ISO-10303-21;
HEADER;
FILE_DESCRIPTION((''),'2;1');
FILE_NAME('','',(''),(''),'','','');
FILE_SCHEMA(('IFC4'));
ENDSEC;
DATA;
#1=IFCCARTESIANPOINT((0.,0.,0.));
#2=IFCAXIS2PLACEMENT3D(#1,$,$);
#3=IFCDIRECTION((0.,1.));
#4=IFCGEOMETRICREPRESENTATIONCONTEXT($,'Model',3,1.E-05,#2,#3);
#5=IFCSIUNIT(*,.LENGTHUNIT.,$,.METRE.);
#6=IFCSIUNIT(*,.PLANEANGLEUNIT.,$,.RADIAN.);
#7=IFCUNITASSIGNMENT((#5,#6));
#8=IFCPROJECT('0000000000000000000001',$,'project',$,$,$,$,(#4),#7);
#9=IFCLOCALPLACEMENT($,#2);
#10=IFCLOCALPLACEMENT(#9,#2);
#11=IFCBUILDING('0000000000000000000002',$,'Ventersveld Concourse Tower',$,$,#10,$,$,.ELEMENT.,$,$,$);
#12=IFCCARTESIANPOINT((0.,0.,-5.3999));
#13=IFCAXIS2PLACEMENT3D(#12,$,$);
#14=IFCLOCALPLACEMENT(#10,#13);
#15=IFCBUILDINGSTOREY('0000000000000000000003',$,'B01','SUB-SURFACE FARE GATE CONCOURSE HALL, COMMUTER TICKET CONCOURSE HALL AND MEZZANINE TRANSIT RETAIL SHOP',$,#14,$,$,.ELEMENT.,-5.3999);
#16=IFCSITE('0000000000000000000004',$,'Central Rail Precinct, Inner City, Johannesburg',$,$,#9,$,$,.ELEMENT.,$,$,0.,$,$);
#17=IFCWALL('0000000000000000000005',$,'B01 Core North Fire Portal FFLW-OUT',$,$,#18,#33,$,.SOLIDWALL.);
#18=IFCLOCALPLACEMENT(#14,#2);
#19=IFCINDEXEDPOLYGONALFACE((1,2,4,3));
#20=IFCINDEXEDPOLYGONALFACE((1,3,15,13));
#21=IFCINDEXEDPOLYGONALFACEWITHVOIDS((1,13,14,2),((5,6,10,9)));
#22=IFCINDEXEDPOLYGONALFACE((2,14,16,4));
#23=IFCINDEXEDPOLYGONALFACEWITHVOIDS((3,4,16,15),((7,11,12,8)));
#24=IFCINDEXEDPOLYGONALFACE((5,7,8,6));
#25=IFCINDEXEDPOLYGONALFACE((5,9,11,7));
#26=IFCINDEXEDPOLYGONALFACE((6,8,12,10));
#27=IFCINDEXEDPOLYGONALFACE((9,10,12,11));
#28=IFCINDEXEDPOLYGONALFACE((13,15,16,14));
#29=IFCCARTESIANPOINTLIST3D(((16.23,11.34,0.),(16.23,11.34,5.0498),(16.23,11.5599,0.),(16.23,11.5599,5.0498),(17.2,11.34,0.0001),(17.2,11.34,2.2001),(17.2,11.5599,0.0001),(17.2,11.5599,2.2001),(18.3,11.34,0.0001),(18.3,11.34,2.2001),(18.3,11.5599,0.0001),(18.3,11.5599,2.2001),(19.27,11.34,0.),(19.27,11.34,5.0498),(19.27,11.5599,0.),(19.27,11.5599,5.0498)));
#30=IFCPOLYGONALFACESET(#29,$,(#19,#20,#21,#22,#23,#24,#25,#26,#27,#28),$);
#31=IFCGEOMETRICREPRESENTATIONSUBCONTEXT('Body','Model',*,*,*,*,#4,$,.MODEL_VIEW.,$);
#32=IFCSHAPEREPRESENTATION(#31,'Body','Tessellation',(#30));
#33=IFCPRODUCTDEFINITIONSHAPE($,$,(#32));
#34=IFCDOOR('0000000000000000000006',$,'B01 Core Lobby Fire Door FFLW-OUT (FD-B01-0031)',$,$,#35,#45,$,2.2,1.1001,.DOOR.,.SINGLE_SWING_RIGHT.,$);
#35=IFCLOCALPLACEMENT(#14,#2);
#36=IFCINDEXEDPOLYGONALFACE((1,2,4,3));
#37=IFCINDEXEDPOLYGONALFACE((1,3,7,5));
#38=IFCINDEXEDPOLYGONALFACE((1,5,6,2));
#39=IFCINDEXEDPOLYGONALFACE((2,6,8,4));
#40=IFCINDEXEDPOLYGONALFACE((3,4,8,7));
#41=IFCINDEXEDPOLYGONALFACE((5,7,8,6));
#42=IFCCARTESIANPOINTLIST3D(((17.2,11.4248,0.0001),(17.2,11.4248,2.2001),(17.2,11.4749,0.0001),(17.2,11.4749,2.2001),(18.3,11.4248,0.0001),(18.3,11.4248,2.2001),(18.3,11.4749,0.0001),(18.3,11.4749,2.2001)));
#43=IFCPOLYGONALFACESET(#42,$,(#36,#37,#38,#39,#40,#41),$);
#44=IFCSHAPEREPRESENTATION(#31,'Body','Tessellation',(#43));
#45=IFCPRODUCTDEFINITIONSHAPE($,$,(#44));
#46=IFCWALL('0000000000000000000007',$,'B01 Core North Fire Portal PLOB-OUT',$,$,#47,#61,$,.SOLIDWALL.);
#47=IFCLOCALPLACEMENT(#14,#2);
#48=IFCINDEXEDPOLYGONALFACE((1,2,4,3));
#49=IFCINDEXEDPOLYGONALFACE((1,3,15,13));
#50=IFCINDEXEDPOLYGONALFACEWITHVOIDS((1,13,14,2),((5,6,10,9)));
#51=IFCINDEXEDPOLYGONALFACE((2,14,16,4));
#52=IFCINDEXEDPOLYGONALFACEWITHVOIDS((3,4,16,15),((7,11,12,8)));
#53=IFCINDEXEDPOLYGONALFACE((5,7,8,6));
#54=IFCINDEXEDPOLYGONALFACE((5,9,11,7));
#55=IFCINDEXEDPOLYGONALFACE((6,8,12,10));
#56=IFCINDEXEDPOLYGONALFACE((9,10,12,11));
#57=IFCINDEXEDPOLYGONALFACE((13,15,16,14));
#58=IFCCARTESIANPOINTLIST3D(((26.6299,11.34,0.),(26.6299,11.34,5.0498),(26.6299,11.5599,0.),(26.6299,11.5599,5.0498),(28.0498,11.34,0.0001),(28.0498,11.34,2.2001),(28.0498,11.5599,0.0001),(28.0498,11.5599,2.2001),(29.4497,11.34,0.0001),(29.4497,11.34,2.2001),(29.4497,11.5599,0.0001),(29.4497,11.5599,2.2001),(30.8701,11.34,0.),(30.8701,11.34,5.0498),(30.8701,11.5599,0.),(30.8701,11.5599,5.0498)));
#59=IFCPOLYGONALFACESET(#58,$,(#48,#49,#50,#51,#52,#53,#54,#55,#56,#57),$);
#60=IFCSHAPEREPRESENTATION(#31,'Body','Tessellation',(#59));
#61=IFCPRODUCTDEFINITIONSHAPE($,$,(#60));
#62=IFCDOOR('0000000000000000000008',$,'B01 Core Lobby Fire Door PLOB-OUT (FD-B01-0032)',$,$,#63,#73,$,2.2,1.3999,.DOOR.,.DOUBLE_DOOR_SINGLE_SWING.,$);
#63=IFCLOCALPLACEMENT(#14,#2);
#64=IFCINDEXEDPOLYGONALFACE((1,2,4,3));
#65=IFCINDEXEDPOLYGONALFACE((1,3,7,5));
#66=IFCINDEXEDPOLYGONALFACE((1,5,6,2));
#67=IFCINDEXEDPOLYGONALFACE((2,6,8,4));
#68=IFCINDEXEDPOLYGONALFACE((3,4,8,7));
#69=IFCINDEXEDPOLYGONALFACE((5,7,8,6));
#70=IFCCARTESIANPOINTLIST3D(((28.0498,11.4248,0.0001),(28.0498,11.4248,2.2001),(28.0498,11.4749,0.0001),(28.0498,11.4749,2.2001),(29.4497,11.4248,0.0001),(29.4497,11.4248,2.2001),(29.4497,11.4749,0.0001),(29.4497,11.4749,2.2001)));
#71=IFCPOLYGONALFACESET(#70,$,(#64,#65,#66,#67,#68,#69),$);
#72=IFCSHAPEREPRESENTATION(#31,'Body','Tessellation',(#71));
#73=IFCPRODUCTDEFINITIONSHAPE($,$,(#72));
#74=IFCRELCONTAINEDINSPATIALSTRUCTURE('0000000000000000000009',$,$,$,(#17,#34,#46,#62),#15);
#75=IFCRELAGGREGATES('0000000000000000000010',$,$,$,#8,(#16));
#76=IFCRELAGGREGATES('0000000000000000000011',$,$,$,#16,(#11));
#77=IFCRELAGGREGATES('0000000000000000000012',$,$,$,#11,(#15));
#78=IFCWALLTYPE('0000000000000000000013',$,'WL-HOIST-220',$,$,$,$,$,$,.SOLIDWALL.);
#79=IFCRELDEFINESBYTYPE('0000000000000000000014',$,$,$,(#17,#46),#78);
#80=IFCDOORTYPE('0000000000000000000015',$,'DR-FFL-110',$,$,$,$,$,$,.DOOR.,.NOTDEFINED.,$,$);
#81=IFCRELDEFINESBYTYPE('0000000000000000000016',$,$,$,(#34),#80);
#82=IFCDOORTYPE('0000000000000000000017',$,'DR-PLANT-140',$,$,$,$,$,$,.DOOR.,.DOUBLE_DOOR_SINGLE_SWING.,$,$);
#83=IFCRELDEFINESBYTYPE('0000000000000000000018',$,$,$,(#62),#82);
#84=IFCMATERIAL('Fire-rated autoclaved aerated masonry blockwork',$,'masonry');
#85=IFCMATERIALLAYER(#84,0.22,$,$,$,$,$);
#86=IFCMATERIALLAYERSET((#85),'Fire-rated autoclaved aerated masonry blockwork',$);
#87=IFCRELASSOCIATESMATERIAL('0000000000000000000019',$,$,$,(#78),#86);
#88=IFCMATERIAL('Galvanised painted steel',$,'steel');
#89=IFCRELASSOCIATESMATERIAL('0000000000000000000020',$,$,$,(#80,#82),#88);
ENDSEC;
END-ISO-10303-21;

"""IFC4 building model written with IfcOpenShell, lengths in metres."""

from ifc_helpers import new_model, si_unit, direction, frame, frame_2d, origin, place, context, subcontext, project, spatial, rectangle, extrude, material, layer, layer_set, type_object, element, fill, save


model = new_model("IFC4")

# Units and contexts
model_context = context("Model", 3, precision=1e-05, world=origin(), true_north=direction((0.0, 1.0)))
body_context = subcontext(model_context, "Body", "Model", "MODEL_VIEW")
ifc_project = project(units=[si_unit("LENGTHUNIT", "METRE"), si_unit("PLANEANGLEUNIT", "RADIAN")], contexts=[model_context])

# Site, building, storey
site_placement = place(None, origin())
site = spatial("IfcSite", under=ifc_project, at=site_placement, Name="Central Rail Precinct, Inner City, Johannesburg", CompositionType="ELEMENT", RefElevation=0.0)
building_placement = place(site_placement, origin())
building = spatial("IfcBuilding", under=site, at=building_placement, Name="Ventersveld Concourse Tower", CompositionType="ELEMENT")
storey_placement = place(building_placement, frame((0.0, 0.0, -5.3999)))
storey = spatial("IfcBuildingStorey", under=building, at=storey_placement, Name="B01", Description="SUB-SURFACE FARE GATE CONCOURSE HALL, COMMUTER TICKET CONCOURSE HALL AND MEZZANINE TRANSIT RETAIL SHOP", CompositionType="ELEMENT", Elevation=-5.3999)

# Walls, openings, doors
ifc_material_1 = material(Name="Fire-rated autoclaved aerated masonry blockwork", Category="masonry")
ifc_layer_1 = layer(ifc_material_1, 0.22)
ifc_layer_set_1 = layer_set([ifc_layer_1], Name="Fire-rated autoclaved aerated masonry blockwork")
wall_type_1 = type_object("IfcWallType", Name="WL-HOIST-220", PredefinedType="SOLIDWALL", material=ifc_layer_set_1)
wall_1_placement = place(storey_placement, frame((16.23, 11.45, 0.0), z_axis=(0.0, 0.0, 1.0), x_axis=(1.0, 0.0, 0.0)))
wall_1 = element("IfcWall", 1, at=wall_1_placement, inside=storey, type_object=wall_type_1, Name="B01 Core North Fire Portal FFLW-OUT", PredefinedType="SOLIDWALL", context=body_context, shape_type="SweptSolid", body=[
    extrude(rectangle(XDim=3.04, YDim=0.22, at=frame_2d((1.52, 0.0))), origin(), (0.0, 0.0, 1.0), 5.0498),
])
opening_1_placement = place(wall_1_placement, frame((0.97, 0.0, 0.0)))
opening_1 = element("IfcOpeningElement", 2, at=opening_1_placement, cuts=wall_1, PredefinedType="OPENING", context=body_context, shape_type="SweptSolid", body=[
    extrude(rectangle(XDim=1.1001, YDim=2.2, at=frame_2d((0.55, 1.1001))), frame((0.0, 0.1201, 0.0), z_axis=(0.0, -1.0, 0.0), x_axis=(1.0, 0.0, 0.0)), (0.0, 0.0, 1.0), 0.24),
])
ifc_material_2 = material(Name="Galvanised painted steel", Category="steel")
door_type_1 = type_object("IfcDoorType", Name="DR-FFL-110", OperationType="NOTDEFINED", PredefinedType="DOOR", material=ifc_material_2)
door_1_placement = place(opening_1_placement, origin())
door_1 = element("IfcDoor", 3, at=door_1_placement, inside=storey, type_object=door_type_1, Name="B01 Core Lobby Fire Door FFLW-OUT (FD-B01-0031)", OperationType="SINGLE_SWING_RIGHT", OverallHeight=2.2, OverallWidth=1.1001, PredefinedType="DOOR", context=body_context, shape_type="SweptSolid", body=[
    extrude(rectangle(XDim=1.1001, YDim=2.2, at=frame_2d((0.55, 1.1001))), frame((0.0, 0.0249, 0.0), z_axis=(0.0, -1.0, 0.0), x_axis=(1.0, 0.0, 0.0)), (0.0, 0.0, 1.0), 0.05),
])
fill(opening_1, door_1)
wall_2_placement = place(storey_placement, frame((26.6299, 11.45, 0.0), z_axis=(0.0, 0.0, 1.0), x_axis=(1.0, 0.0, 0.0)))
wall_2 = element("IfcWall", 4, at=wall_2_placement, inside=storey, type_object=wall_type_1, Name="B01 Core North Fire Portal PLOB-OUT", PredefinedType="SOLIDWALL", context=body_context, shape_type="SweptSolid", body=[
    extrude(rectangle(XDim=4.2402, YDim=0.22, at=frame_2d((2.1201, 0.0))), origin(), (0.0, 0.0, 1.0), 5.0498),
])
opening_2_placement = place(wall_2_placement, frame((1.4199, 0.0, 0.0)))
opening_2 = element("IfcOpeningElement", 5, at=opening_2_placement, cuts=wall_2, PredefinedType="OPENING", context=body_context, shape_type="SweptSolid", body=[
    extrude(rectangle(XDim=1.3999, YDim=2.2, at=frame_2d((0.7, 1.1001))), frame((0.0, 0.1201, 0.0), z_axis=(0.0, -1.0, 0.0), x_axis=(1.0, 0.0, 0.0)), (0.0, 0.0, 1.0), 0.24),
])
door_type_2 = type_object("IfcDoorType", Name="DR-PLANT-140", OperationType="DOUBLE_DOOR_SINGLE_SWING", PredefinedType="DOOR", material=ifc_material_2)
door_2_placement = place(opening_2_placement, origin())
door_2 = element("IfcDoor", 6, at=door_2_placement, inside=storey, type_object=door_type_2, Name="B01 Core Lobby Fire Door PLOB-OUT (FD-B01-0032)", OperationType="DOUBLE_DOOR_SINGLE_SWING", OverallHeight=2.2, OverallWidth=1.3999, PredefinedType="DOOR", context=body_context, shape_type="SweptSolid", body=[
    extrude(rectangle(XDim=1.3999, YDim=2.2, at=frame_2d((0.7, 1.1001))), frame((0.0, 0.0249, 0.0), z_axis=(0.0, -1.0, 0.0), x_axis=(1.0, 0.0, 0.0)), (0.0, 0.0, 1.0), 0.05),
])
fill(opening_2, door_2)

save(model, "model.ifc")
